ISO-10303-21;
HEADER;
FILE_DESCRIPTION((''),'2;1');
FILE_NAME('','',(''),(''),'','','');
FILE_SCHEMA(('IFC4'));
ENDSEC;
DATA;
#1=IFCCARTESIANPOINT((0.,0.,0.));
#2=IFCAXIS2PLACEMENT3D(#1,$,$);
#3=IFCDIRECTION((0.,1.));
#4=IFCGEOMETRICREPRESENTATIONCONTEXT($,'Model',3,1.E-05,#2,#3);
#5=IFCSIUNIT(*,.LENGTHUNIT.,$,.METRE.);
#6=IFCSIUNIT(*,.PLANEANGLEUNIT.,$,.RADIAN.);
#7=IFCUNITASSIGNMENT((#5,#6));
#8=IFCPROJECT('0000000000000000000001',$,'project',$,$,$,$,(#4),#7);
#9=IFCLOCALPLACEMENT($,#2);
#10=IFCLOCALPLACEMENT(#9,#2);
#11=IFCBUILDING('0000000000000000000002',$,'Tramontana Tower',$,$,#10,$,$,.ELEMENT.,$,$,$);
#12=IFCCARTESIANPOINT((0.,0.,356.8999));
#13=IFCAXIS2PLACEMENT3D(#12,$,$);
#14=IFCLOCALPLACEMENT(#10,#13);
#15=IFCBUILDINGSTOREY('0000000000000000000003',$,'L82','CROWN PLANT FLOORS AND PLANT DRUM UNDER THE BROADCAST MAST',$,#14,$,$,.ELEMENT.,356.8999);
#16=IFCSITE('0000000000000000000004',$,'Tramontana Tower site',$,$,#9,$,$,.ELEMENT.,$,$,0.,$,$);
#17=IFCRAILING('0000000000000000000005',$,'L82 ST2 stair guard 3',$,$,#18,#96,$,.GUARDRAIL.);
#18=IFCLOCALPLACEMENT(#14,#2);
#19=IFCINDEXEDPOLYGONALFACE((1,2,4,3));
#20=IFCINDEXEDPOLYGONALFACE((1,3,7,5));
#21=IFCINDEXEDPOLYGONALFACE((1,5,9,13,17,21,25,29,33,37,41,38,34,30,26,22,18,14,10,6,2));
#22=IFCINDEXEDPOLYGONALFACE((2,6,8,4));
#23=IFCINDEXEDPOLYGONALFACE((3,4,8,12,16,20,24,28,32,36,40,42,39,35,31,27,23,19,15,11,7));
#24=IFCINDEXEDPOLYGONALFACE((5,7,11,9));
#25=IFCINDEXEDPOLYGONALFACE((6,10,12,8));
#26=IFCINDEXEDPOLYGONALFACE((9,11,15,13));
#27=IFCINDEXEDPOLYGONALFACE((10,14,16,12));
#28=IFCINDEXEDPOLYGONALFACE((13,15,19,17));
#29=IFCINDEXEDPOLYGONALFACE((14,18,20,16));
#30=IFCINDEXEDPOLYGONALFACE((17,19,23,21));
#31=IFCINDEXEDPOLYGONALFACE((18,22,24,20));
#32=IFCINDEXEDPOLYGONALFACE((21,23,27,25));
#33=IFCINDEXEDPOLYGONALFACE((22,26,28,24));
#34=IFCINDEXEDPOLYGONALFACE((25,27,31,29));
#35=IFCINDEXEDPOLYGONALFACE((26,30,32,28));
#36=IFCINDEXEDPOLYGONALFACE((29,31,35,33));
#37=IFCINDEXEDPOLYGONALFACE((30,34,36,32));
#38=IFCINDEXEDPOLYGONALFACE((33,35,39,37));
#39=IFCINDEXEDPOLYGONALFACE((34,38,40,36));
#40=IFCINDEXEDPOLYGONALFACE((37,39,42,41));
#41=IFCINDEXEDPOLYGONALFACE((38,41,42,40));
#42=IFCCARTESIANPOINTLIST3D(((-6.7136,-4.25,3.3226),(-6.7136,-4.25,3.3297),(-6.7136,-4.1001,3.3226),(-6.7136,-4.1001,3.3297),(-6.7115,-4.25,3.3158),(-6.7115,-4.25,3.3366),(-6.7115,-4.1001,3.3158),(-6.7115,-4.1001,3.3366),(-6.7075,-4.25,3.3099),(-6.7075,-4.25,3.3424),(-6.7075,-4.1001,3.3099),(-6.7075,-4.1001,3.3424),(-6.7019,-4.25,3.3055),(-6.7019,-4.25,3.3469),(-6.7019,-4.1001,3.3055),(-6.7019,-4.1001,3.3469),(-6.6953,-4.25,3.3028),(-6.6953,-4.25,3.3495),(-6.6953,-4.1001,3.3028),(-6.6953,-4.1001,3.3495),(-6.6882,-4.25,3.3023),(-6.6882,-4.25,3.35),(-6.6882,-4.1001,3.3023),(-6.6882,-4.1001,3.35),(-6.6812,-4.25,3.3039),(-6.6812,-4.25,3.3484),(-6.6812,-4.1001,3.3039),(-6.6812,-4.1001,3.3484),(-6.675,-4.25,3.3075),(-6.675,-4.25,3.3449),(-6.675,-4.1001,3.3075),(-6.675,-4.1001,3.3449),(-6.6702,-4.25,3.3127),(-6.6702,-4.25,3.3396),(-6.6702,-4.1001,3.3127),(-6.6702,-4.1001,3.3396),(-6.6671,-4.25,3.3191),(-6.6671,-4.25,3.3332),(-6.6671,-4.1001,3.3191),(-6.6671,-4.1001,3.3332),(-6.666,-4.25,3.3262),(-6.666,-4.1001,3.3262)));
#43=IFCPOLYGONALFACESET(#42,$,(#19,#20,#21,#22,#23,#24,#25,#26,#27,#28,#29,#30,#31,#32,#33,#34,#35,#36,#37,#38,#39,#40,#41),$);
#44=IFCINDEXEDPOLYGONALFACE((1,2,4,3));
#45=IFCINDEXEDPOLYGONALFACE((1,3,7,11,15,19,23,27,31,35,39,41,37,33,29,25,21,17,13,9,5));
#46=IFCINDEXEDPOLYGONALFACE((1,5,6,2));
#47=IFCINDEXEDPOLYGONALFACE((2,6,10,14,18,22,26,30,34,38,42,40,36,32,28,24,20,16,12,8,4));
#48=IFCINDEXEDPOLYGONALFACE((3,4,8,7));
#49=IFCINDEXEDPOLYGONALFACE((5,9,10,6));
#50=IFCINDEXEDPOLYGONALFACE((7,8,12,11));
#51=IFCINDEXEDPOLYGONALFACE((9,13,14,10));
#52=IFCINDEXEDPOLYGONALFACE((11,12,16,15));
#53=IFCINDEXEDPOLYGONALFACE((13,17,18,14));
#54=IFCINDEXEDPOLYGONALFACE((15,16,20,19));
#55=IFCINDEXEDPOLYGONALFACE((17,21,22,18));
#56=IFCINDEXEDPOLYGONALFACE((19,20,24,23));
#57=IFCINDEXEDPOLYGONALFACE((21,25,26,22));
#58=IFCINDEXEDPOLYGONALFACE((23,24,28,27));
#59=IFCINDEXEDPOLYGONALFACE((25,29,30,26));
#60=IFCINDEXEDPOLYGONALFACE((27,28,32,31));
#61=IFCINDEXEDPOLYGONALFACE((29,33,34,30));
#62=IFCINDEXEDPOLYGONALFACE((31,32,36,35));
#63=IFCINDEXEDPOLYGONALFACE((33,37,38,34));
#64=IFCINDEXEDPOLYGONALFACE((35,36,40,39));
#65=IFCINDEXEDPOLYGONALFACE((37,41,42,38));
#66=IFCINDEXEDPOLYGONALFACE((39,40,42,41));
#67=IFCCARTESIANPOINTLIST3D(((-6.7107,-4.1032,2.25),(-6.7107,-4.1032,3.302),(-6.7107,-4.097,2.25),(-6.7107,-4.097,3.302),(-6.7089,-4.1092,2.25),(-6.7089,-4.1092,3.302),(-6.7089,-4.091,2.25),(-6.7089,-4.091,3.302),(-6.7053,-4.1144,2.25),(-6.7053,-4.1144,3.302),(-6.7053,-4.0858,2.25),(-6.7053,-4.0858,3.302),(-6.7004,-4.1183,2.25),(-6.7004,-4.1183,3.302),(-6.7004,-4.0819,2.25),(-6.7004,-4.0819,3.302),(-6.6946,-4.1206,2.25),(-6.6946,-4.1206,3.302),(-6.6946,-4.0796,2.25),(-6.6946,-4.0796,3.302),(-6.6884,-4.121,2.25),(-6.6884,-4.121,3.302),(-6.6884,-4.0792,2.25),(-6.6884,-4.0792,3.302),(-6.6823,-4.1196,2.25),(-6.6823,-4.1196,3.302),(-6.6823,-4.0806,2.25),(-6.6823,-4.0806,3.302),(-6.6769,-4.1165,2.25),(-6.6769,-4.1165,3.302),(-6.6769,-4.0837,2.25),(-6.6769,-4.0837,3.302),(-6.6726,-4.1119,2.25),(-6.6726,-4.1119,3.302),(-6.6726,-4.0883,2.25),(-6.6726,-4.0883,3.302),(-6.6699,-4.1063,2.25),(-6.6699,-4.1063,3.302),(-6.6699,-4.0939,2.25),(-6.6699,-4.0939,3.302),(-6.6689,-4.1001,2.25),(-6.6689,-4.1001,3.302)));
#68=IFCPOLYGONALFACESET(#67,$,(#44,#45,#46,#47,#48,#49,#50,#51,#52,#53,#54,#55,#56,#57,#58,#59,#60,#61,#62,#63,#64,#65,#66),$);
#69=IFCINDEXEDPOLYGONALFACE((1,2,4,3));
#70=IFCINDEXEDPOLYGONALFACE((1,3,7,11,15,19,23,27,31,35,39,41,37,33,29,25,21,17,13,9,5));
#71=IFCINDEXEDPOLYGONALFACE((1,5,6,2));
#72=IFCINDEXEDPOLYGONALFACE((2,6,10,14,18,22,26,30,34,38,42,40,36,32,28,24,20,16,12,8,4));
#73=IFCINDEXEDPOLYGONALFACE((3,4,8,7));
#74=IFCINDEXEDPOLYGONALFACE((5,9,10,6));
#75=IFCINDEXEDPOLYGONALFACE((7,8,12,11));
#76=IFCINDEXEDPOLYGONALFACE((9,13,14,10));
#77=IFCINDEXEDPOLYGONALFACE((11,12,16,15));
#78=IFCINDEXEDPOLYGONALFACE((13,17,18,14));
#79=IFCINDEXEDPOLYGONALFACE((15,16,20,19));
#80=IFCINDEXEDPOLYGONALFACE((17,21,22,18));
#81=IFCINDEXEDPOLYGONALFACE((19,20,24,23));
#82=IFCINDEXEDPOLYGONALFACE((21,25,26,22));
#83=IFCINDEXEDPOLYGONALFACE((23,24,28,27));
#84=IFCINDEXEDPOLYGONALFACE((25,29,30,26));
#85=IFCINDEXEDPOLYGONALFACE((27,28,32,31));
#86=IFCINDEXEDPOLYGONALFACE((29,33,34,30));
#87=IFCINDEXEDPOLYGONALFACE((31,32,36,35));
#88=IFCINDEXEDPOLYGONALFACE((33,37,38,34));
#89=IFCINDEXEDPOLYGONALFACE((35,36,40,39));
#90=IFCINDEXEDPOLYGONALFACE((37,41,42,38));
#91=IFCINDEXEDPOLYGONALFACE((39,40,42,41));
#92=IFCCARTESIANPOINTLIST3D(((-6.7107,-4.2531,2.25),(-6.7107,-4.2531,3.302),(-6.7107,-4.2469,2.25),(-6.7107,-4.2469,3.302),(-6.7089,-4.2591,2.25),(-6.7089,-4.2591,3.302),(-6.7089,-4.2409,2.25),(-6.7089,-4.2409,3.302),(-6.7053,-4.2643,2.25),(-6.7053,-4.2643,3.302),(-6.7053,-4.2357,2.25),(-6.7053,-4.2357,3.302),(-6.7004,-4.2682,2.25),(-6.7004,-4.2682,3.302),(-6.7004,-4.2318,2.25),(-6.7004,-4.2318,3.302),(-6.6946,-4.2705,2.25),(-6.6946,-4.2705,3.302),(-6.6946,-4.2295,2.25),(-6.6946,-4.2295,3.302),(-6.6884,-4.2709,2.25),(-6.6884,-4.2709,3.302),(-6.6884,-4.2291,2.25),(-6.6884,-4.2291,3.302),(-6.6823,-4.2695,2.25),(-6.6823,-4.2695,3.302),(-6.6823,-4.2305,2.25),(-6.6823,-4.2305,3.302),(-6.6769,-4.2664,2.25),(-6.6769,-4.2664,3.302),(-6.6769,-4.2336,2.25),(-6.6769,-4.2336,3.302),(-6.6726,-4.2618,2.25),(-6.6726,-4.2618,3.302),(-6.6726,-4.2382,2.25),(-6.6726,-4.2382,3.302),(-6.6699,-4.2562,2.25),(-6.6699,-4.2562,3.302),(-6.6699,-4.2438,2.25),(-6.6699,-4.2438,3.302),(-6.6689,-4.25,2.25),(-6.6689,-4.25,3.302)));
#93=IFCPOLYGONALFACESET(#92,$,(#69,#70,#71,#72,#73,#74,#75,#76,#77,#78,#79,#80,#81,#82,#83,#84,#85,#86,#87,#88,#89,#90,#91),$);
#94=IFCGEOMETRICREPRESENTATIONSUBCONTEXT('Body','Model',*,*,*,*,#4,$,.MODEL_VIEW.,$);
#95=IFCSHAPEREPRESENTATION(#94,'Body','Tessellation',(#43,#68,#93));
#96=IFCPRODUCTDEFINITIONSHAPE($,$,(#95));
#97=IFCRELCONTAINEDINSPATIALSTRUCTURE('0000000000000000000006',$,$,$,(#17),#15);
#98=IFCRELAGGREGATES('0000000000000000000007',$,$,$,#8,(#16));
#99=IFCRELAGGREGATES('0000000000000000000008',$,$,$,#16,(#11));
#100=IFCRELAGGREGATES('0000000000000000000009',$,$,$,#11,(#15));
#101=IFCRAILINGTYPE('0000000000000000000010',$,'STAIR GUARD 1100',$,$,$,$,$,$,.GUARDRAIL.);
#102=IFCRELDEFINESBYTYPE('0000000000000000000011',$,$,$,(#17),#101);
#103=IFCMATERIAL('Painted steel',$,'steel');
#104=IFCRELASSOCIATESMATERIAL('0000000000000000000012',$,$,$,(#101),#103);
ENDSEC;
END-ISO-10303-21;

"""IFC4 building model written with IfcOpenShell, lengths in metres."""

from ifc_helpers import new_model, si_unit, direction, frame, origin, origin_2d, place, context, subcontext, project, spatial, circle, extrude, material, type_object, element, save


model = new_model("IFC4")

# Units and contexts
model_context = context("Model", 3, precision=1e-05, world=origin(), true_north=direction((0.0, 1.0)))
body_context = subcontext(model_context, "Body", "Model", "MODEL_VIEW")
ifc_project = project(units=[si_unit("LENGTHUNIT", "METRE"), si_unit("PLANEANGLEUNIT", "RADIAN")], contexts=[model_context])

# Site, building, storey
site_placement = place(None, origin())
site = spatial("IfcSite", under=ifc_project, at=site_placement, Name="Tramontana Tower site", CompositionType="ELEMENT", RefElevation=0.0)
building_placement = place(site_placement, origin())
building = spatial("IfcBuilding", under=site, at=building_placement, Name="Tramontana Tower", CompositionType="ELEMENT")
storey_placement = place(building_placement, frame((0.0, 0.0, 356.8999)))
storey = spatial("IfcBuildingStorey", under=building, at=storey_placement, Name="L82", Description="CROWN PLANT FLOORS AND PLANT DRUM UNDER THE BROADCAST MAST", CompositionType="ELEMENT", Elevation=356.8999)

# Railing
ifc_material_1 = material(Name="Painted steel", Category="steel")
railing_type_1 = type_object("IfcRailingType", Name="STAIR GUARD 1100", PredefinedType="GUARDRAIL", material=ifc_material_1)
railing_1_placement = place(storey_placement, frame((-6.6899, -4.1001, 2.25)))
element("IfcRailing", 1, at=railing_1_placement, inside=storey, type_object=railing_type_1, Name="L82 ST2 stair guard 3", PredefinedType="GUARDRAIL", context=body_context, shape_type="SweptSolid", body=[
    extrude(circle(Radius=0.0239, at=origin_2d()), frame((0.0, 0.0, 1.0762), z_axis=(0.0, -1.0, 0.0), x_axis=(1.0, 0.0, 0.0)), (0.0, 0.0, 1.0), 0.1499),
    extrude(circle(Radius=0.021, at=origin_2d()), origin(), (0.0, 0.0, 1.0), 1.052),
    extrude(circle(Radius=0.021, at=origin_2d()), frame((0.0, -0.1499, 0.0)), (0.0, 0.0, 1.0), 1.052),
])

save(model, "model.ifc")
